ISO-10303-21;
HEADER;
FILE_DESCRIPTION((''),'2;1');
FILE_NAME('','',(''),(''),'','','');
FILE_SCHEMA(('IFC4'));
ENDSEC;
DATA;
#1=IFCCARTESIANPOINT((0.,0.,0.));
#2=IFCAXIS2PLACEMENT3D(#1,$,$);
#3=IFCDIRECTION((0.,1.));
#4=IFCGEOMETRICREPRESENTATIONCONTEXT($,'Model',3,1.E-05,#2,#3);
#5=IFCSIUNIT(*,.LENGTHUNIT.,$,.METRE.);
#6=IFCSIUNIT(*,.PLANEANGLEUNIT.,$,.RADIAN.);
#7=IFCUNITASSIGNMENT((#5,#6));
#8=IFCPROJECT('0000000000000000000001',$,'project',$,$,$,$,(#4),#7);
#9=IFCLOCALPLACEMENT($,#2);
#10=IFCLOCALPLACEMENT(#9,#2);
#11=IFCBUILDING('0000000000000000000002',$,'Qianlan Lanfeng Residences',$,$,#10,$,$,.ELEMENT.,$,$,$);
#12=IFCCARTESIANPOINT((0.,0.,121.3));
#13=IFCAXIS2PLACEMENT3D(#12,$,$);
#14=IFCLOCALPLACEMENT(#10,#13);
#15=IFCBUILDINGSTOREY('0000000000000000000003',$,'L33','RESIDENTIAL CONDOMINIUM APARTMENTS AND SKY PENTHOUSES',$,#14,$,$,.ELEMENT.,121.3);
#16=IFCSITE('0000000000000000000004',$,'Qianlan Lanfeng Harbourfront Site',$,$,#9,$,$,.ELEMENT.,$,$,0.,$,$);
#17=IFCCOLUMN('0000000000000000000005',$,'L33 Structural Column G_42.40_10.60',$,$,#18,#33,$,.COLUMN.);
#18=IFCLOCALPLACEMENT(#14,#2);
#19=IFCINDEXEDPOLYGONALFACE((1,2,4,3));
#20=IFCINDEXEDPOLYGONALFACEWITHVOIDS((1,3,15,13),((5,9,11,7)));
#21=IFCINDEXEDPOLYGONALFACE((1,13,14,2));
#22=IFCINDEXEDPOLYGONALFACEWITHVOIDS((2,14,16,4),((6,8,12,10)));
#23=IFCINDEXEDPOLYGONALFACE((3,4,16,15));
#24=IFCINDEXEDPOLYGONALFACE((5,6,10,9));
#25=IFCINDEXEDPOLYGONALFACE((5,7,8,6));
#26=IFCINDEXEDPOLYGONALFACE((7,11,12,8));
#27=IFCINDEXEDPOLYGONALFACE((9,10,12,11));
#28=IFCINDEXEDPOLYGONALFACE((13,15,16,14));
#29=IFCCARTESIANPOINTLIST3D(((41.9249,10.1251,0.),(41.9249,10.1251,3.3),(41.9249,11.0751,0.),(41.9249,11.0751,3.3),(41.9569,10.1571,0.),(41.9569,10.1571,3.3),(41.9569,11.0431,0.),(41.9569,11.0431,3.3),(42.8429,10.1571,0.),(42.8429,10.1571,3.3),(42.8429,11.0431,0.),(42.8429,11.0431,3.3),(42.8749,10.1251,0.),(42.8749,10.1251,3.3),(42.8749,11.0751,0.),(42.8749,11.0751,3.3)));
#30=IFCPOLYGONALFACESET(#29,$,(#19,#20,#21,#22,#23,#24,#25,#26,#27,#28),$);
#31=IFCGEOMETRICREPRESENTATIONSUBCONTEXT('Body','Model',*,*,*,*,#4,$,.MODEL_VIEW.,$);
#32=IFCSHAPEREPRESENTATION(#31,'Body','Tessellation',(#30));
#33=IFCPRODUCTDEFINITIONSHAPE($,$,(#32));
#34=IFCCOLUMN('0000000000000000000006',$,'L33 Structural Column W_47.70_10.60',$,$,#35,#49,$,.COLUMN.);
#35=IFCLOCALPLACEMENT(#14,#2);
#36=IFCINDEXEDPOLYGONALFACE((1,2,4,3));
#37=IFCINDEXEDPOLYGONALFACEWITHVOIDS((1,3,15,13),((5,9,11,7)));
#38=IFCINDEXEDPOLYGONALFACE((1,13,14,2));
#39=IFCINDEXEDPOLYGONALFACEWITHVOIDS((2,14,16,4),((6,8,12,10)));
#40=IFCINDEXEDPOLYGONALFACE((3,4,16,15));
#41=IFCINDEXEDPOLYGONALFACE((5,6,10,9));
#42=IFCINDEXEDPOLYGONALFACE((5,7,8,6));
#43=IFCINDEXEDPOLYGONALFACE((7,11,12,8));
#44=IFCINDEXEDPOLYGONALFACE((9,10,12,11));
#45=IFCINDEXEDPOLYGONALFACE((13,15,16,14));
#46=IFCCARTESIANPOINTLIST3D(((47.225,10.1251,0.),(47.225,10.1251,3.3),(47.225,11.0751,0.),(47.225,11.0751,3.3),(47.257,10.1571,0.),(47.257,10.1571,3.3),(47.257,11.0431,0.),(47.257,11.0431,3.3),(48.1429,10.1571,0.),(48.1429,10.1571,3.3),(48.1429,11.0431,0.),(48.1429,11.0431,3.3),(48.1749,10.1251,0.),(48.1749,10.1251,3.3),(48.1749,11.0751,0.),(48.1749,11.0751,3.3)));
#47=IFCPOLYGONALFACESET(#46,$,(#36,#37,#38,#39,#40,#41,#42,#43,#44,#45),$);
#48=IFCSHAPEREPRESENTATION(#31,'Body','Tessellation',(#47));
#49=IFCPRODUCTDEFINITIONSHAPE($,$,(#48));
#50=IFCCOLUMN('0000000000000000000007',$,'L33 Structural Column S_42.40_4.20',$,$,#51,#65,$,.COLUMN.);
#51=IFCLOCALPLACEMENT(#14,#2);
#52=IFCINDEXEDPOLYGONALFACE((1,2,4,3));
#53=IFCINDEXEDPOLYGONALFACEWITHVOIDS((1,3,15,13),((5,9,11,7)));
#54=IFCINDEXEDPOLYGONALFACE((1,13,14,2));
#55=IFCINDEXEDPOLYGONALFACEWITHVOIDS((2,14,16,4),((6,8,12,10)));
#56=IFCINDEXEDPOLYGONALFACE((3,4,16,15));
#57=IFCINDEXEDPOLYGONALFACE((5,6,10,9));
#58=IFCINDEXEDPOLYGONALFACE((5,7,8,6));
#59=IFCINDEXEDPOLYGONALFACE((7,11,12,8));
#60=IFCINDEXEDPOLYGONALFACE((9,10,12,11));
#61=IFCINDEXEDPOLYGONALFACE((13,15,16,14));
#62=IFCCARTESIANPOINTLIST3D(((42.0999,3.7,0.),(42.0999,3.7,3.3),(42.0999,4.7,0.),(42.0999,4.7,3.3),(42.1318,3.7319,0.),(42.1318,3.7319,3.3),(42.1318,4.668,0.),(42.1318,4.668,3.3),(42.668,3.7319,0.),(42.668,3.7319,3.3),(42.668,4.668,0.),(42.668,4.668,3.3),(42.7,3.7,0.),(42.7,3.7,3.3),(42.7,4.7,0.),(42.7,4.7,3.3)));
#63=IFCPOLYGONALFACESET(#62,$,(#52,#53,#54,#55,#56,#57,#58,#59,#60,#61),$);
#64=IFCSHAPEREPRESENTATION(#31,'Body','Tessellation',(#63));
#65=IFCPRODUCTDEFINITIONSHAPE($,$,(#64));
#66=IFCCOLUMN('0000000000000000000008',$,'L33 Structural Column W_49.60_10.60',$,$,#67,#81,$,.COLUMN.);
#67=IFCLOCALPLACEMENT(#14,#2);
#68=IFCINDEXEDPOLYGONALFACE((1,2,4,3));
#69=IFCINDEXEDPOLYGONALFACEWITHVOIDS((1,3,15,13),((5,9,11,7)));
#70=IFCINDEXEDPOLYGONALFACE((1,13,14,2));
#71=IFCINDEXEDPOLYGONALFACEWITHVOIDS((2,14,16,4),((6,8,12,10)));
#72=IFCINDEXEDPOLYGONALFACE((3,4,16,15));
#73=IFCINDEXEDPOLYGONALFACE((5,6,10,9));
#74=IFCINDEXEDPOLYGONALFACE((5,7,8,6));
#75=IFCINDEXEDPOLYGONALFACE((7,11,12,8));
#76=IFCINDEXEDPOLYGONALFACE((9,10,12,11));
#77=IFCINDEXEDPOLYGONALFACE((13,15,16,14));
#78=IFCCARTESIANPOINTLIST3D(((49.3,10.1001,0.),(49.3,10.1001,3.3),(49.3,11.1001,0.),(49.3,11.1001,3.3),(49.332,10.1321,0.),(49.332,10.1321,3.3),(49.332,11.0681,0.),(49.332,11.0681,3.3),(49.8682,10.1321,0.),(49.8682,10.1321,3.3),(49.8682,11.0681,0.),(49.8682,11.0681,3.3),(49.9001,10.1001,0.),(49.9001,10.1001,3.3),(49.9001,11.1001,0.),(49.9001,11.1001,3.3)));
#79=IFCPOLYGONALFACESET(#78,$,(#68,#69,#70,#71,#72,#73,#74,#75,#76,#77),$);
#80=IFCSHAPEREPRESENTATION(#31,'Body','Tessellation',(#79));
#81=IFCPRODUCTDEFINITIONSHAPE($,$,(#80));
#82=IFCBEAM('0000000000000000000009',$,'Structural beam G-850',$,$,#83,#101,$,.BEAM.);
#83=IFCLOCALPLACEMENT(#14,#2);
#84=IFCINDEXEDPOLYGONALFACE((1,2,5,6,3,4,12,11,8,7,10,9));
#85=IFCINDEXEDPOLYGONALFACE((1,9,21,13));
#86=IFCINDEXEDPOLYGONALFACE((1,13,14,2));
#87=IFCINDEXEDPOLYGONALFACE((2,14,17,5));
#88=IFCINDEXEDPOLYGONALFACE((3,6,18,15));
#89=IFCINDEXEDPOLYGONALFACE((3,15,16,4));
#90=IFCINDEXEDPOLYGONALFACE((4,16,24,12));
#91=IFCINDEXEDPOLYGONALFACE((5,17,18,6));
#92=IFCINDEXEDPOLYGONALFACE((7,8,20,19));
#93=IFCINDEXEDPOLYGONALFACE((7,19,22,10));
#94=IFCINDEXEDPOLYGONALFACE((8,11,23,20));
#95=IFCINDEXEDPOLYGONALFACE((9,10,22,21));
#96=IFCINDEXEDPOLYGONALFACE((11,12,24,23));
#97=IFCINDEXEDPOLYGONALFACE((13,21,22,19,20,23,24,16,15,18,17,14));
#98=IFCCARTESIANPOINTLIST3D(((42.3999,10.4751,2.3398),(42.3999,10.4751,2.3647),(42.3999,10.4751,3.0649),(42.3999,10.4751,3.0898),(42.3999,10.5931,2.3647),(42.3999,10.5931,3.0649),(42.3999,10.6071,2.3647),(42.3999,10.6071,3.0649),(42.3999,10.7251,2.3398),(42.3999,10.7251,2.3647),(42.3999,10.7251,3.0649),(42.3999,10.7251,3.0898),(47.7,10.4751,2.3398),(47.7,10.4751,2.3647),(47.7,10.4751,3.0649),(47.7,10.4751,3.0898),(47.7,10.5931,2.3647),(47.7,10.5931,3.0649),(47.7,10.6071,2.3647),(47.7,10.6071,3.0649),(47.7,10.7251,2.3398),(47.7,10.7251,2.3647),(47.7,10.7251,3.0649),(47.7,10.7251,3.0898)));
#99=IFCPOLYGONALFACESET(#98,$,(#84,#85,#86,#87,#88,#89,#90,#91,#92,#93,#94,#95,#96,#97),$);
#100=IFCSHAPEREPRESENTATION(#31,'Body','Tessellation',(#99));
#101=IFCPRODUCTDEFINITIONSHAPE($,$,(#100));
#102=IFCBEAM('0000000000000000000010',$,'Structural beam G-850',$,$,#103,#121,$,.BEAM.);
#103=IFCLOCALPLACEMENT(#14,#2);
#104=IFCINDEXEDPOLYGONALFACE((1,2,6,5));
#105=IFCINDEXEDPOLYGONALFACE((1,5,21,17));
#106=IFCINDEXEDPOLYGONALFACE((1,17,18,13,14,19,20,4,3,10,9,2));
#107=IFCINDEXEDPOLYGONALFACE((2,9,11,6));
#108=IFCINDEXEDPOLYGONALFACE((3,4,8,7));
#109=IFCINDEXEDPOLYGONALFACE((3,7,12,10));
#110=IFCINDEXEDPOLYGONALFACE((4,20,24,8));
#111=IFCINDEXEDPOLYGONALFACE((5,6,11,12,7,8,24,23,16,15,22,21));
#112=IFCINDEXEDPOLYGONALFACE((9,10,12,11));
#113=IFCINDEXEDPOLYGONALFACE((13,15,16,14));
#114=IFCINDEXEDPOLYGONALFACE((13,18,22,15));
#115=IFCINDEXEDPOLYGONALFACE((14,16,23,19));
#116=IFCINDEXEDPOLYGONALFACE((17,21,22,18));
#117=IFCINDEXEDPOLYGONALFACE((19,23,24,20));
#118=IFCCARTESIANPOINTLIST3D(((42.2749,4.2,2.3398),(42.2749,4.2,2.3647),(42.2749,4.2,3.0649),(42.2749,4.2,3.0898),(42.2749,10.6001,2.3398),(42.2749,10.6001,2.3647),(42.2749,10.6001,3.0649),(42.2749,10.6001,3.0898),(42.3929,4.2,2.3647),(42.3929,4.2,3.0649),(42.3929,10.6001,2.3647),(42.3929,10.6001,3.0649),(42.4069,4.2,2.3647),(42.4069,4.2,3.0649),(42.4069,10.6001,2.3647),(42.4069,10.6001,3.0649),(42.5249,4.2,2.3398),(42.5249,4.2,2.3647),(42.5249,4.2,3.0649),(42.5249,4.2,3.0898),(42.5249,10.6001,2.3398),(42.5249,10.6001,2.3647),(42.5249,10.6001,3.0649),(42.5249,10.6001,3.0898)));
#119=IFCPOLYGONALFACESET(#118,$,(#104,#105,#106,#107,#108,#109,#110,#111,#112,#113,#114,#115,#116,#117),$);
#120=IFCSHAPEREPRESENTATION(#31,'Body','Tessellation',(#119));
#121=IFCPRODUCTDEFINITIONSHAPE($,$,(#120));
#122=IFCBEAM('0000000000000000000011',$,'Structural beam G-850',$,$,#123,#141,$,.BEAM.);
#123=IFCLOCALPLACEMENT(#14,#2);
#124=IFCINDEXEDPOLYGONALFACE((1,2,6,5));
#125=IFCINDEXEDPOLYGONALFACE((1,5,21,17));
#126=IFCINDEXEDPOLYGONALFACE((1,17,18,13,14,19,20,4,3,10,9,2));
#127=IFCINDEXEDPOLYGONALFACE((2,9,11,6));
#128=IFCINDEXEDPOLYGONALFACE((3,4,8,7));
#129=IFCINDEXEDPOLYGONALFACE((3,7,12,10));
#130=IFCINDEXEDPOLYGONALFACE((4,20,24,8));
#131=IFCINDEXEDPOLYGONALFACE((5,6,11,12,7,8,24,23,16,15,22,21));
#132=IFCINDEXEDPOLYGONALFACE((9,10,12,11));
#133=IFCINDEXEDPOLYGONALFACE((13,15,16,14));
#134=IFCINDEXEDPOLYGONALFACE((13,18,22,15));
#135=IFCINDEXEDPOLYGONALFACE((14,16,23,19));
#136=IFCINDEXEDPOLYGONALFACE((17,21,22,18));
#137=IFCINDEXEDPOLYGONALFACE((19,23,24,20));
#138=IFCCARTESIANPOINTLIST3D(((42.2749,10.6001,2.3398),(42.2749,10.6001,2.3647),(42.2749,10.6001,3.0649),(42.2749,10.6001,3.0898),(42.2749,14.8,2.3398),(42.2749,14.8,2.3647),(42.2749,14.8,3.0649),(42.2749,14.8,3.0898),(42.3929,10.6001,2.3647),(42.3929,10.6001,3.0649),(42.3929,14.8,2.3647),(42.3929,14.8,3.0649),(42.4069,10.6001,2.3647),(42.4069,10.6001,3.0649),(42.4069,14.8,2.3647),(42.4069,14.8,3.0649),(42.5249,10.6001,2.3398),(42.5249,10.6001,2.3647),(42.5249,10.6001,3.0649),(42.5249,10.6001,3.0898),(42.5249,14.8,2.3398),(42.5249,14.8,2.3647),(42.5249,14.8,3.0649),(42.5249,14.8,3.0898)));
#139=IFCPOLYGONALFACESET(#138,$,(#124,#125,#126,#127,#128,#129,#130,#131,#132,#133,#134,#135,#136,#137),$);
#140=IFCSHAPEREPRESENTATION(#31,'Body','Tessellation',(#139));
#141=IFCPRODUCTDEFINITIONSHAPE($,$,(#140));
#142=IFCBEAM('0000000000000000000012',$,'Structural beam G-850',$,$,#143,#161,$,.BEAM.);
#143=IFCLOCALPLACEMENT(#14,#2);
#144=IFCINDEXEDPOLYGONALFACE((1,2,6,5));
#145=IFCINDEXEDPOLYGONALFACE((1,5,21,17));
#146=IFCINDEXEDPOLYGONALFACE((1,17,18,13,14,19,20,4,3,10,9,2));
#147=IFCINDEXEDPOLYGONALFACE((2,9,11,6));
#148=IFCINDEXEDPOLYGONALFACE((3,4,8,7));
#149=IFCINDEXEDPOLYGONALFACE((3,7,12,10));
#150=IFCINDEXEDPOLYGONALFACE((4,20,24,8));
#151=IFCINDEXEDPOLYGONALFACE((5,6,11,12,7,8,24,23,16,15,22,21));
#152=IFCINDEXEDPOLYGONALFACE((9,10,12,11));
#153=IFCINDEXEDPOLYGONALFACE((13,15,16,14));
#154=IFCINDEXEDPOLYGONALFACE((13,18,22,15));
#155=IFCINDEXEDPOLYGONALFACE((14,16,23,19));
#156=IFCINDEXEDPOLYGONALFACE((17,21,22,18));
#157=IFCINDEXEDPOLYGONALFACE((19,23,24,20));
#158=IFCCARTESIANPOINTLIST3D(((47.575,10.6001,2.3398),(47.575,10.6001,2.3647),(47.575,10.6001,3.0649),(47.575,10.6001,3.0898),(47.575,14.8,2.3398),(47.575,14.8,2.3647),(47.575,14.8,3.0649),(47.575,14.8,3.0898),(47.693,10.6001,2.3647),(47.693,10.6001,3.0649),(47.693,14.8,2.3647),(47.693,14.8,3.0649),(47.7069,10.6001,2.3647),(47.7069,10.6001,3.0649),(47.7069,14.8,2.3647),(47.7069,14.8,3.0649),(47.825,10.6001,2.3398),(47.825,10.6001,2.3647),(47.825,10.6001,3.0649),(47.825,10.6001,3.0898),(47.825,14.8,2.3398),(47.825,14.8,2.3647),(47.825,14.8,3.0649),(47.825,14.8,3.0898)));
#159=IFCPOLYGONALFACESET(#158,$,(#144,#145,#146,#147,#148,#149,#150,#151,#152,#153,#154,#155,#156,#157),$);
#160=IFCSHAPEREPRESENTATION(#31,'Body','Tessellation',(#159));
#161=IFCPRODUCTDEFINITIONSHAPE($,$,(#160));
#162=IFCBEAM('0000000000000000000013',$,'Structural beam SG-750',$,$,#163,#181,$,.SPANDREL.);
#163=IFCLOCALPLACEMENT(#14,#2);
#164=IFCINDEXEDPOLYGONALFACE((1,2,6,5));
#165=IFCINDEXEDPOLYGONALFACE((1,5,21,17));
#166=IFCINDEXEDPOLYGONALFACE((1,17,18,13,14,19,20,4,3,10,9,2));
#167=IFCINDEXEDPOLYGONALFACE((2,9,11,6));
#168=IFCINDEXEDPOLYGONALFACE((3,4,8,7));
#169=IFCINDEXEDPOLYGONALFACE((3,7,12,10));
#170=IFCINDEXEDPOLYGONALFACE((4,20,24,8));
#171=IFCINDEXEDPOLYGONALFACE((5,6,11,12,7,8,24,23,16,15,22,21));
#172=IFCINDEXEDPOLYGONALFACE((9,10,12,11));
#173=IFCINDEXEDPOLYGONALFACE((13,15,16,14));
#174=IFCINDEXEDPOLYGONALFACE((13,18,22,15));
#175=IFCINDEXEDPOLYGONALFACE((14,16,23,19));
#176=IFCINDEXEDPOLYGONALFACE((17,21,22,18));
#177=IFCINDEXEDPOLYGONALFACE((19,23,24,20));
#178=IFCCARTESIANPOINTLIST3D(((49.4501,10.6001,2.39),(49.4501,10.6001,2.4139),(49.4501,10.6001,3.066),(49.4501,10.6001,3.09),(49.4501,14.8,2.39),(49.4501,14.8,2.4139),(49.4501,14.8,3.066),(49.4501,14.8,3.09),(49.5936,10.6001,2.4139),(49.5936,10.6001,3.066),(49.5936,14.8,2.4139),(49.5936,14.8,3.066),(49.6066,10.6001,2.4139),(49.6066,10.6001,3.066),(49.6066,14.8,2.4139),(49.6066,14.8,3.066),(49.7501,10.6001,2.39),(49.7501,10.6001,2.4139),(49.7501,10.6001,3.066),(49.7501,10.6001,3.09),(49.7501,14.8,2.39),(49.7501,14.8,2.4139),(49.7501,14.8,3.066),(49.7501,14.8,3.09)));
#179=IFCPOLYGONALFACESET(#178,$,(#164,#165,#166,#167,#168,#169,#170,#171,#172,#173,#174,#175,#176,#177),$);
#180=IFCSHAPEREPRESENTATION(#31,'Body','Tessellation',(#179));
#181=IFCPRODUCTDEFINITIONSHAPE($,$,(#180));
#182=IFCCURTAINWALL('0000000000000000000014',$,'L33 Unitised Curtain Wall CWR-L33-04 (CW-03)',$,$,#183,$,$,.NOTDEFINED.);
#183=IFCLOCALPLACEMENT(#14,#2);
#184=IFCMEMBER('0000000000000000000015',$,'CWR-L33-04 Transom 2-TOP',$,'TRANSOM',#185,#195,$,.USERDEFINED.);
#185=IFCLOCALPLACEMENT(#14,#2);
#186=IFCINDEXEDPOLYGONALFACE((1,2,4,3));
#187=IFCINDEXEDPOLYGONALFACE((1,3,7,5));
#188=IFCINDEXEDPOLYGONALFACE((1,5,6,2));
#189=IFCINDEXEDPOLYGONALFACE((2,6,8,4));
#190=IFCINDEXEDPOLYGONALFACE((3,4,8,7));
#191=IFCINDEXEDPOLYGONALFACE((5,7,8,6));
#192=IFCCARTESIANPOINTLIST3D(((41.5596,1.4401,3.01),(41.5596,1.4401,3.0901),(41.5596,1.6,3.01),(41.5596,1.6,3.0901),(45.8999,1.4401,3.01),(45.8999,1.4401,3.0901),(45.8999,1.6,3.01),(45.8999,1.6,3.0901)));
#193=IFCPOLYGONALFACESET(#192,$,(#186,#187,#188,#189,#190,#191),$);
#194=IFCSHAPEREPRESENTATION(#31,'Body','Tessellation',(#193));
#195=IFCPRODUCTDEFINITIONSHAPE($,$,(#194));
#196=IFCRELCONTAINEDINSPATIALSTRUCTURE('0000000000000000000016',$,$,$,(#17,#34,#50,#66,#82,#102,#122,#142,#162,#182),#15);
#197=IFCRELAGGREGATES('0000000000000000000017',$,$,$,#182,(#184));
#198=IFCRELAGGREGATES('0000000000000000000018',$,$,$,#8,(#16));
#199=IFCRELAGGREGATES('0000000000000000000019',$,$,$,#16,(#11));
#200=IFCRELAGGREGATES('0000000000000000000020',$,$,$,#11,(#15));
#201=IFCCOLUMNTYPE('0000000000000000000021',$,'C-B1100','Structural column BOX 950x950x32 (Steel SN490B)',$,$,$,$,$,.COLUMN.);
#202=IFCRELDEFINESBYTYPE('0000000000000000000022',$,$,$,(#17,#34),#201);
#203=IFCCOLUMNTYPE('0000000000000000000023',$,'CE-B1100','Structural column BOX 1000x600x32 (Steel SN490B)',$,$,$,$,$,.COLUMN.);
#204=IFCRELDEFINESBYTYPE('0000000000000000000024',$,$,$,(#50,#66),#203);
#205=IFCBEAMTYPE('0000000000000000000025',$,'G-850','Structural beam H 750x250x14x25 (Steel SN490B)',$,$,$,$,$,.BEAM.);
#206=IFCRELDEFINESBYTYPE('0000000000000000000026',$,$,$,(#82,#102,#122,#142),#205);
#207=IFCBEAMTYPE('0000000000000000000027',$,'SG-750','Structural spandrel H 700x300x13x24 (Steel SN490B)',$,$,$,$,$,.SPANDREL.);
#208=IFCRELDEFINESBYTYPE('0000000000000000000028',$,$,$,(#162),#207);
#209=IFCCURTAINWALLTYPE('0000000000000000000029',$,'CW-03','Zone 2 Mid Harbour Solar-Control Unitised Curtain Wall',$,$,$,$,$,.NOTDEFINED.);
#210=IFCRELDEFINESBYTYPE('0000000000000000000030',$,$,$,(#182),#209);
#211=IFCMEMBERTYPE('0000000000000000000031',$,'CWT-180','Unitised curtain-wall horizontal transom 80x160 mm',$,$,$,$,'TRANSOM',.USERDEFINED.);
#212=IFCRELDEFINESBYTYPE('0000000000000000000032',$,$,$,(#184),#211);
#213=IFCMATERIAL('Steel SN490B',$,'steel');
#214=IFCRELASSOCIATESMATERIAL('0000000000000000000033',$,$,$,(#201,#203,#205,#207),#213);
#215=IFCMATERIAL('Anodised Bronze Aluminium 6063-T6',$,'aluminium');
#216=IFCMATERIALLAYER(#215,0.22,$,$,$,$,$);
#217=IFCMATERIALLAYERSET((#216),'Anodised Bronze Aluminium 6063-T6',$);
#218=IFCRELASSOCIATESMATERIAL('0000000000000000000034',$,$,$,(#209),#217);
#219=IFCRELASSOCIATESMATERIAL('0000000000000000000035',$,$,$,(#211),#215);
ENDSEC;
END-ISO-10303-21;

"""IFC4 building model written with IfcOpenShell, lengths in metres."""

from ifc_helpers import new_model, si_unit, direction, frame, origin, origin_2d, place, context, subcontext, project, spatial, rectangle, hollow_rectangle, i_section, extrude, source, transform, mapped, material, layer, layer_set, material_profile, profile_set, type_object, element, aggregate, save


model = new_model("IFC4")

# Units and contexts
model_context = context("Model", 3, precision=1e-05, world=origin(), true_north=direction((0.0, 1.0)))
body_context = subcontext(model_context, "Body", "Model", "MODEL_VIEW")
ifc_project = project(units=[si_unit("LENGTHUNIT", "METRE"), si_unit("PLANEANGLEUNIT", "RADIAN")], contexts=[model_context])

# Site, building, storey
site_placement = place(None, origin())
site = spatial("IfcSite", under=ifc_project, at=site_placement, Name="Qianlan Lanfeng Harbourfront Site", CompositionType="ELEMENT", RefElevation=0.0)
building_placement = place(site_placement, origin())
building = spatial("IfcBuilding", under=site, at=building_placement, Name="Qianlan Lanfeng Residences", CompositionType="ELEMENT")
storey_placement = place(building_placement, frame((0.0, 0.0, 121.3)))
storey = spatial("IfcBuildingStorey", under=building, at=storey_placement, Name="L33", Description="RESIDENTIAL CONDOMINIUM APARTMENTS AND SKY PENTHOUSES", CompositionType="ELEMENT", Elevation=121.3)

# Columns
ifc_material_1 = material(Name="Steel SN490B", Category="steel")
ifc_material_profile_1 = material_profile(ifc_material_1, hollow_rectangle(XDim=0.95, YDim=0.95, WallThickness=0.032, at=origin_2d()), Name="BOX 950x950x32")
ifc_profile_set_1 = profile_set([ifc_material_profile_1], Name="Steel SN490B")
column_type_1 = type_object("IfcColumnType", Name="C-B1100", Description="Structural column BOX 950x950x32 (Steel SN490B)", PredefinedType="COLUMN", material=ifc_profile_set_1)
for number, where, z_axis, x_axis, name in (
    (1, (42.3999, 10.6001, 0.0), (0.0, 0.0, 1.0), (1.0, 0.0, 0.0), "L33 Structural Column G_42.40_10.60"),
    (2, (47.7, 10.6001, 0.0), (0.0, 0.0, 1.0), (1.0, 0.0, 0.0), "L33 Structural Column W_47.70_10.60"),
):
    element("IfcColumn", number, at=place(storey_placement, frame(where, z_axis=z_axis, x_axis=x_axis)), inside=storey, type_object=column_type_1, Name=name, PredefinedType="COLUMN", context=body_context, shape_type="SweptSolid", body=[
        extrude(hollow_rectangle(XDim=0.95, YDim=0.95, WallThickness=0.032, at=origin_2d()), origin(), (0.0, 0.0, 1.0), 3.3),
    ])
ifc_material_profile_2 = material_profile(ifc_material_1, hollow_rectangle(XDim=0.6001, YDim=1.0, WallThickness=0.032, at=origin_2d()), Name="BOX 1000x600x32")
ifc_profile_set_2 = profile_set([ifc_material_profile_2], Name="Steel SN490B")
column_type_2 = type_object("IfcColumnType", Name="CE-B1100", Description="Structural column BOX 1000x600x32 (Steel SN490B)", PredefinedType="COLUMN", material=ifc_profile_set_2)
for number, where, z_axis, x_axis, name in (
    (3, (42.3999, 4.2, 0.0), (0.0, 0.0, 1.0), (1.0, 0.0, 0.0), "L33 Structural Column S_42.40_4.20"),
    (4, (49.6001, 10.6001, 0.0), (0.0, 0.0, 1.0), (1.0, 0.0, 0.0), "L33 Structural Column W_49.60_10.60"),
):
    element("IfcColumn", number, at=place(storey_placement, frame(where, z_axis=z_axis, x_axis=x_axis)), inside=storey, type_object=column_type_2, Name=name, PredefinedType="COLUMN", context=body_context, shape_type="SweptSolid", body=[
        extrude(hollow_rectangle(XDim=0.6001, YDim=1.0, WallThickness=0.032, at=origin_2d()), origin(), (0.0, 0.0, 1.0), 3.3),
    ])

# Beams
ifc_material_profile_3 = material_profile(ifc_material_1, i_section(OverallWidth=0.25, OverallDepth=0.75, WebThickness=0.0139, FlangeThickness=0.0249, at=origin_2d()), Name="H 750x250x14x25")
ifc_profile_set_3 = profile_set([ifc_material_profile_3], Name="Steel SN490B")
beam_type_1 = type_object("IfcBeamType", Name="G-850", Description="Structural beam H 750x250x14x25 (Steel SN490B)", PredefinedType="BEAM", material=ifc_profile_set_3)
beam_1_placement = place(storey_placement, frame((42.3999, 10.6001, 2.7148), z_axis=(1.0, 0.0, 0.0), x_axis=(0.0, 1.0, 0.0)))
element("IfcBeam", 5, at=beam_1_placement, inside=storey, type_object=beam_type_1, Name="Structural beam G-850", PredefinedType="BEAM", context=body_context, shape_type="SweptSolid", body=[
    extrude(i_section(OverallWidth=0.25, OverallDepth=0.75, WebThickness=0.0139, FlangeThickness=0.0249, at=origin_2d()), origin(), (0.0, 0.0, 1.0), 5.3),
])
beam_2_placement = place(storey_placement, frame((42.3999, 4.2, 2.7148), z_axis=(0.0, 1.0, 0.0), x_axis=(-1.0, 0.0, 0.0)))
element("IfcBeam", 6, at=beam_2_placement, inside=storey, type_object=beam_type_1, Name="Structural beam G-850", PredefinedType="BEAM", context=body_context, shape_type="SweptSolid", body=[
    extrude(i_section(OverallWidth=0.25, OverallDepth=0.75, WebThickness=0.0139, FlangeThickness=0.0249, at=origin_2d()), origin(), (0.0, 0.0, 1.0), 6.4001),
])
for number, where, z_axis, x_axis, name in (
    (7, (42.3999, 10.6001, 2.7148), (0.0, 1.0, 0.0), (-1.0, 0.0, 0.0), "Structural beam G-850"),
    (8, (47.7, 10.6001, 2.7148), (0.0, 1.0, 0.0), (-1.0, 0.0, 0.0), "Structural beam G-850"),
):
    element("IfcBeam", number, at=place(storey_placement, frame(where, z_axis=z_axis, x_axis=x_axis)), inside=storey, type_object=beam_type_1, Name=name, PredefinedType="BEAM", context=body_context, shape_type="SweptSolid", body=[
        extrude(i_section(OverallWidth=0.25, OverallDepth=0.75, WebThickness=0.0139, FlangeThickness=0.0249, at=origin_2d()), origin(), (0.0, 0.0, 1.0), 4.2),
    ])
ifc_material_profile_4 = material_profile(ifc_material_1, i_section(OverallWidth=0.3, OverallDepth=0.7, WebThickness=0.0129, FlangeThickness=0.0239, at=origin_2d()), Name="H 700x300x13x24")
ifc_profile_set_4 = profile_set([ifc_material_profile_4], Name="Steel SN490B")
beam_type_2 = type_object("IfcBeamType", Name="SG-750", Description="Structural spandrel H 700x300x13x24 (Steel SN490B)", PredefinedType="SPANDREL", material=ifc_profile_set_4)
beam_3_placement = place(storey_placement, frame((49.6001, 10.6001, 2.74), z_axis=(0.0, 1.0, 0.0), x_axis=(-1.0, 0.0, 0.0)))
element("IfcBeam", 9, at=beam_3_placement, inside=storey, type_object=beam_type_2, Name="Structural beam SG-750", PredefinedType="SPANDREL", context=body_context, shape_type="SweptSolid", body=[
    extrude(i_section(OverallWidth=0.3, OverallDepth=0.7, WebThickness=0.0129, FlangeThickness=0.0239, at=origin_2d()), origin(), (0.0, 0.0, 1.0), 4.2),
])

# Curtain wall, member
ifc_material_2 = material(Name="Anodised Bronze Aluminium 6063-T6", Category="aluminium")
ifc_layer_1 = layer(ifc_material_2, 0.22)
ifc_layer_set_1 = layer_set([ifc_layer_1], Name="Anodised Bronze Aluminium 6063-T6")
curtain_wall_type = type_object("IfcCurtainWallType", Name="CW-03", Description="Zone 2 Mid Harbour Solar-Control Unitised Curtain Wall", PredefinedType="NOTDEFINED", material=ifc_layer_set_1)
curtain_wall_1_placement = place(storey_placement, origin())
curtain_wall_1 = element("IfcCurtainWall", 10, at=curtain_wall_1_placement, inside=storey, type_object=curtain_wall_type, Name="L33 Unitised Curtain Wall CWR-L33-04 (CW-03)", PredefinedType="NOTDEFINED")
ifc_material_profile_5 = material_profile(ifc_material_2, rectangle(XDim=0.0801, YDim=0.1599, at=origin_2d()), Name="ALU TRANSOM 80x160")
ifc_profile_set_5 = profile_set([ifc_material_profile_5], Name="Anodised Bronze Aluminium 6063-T6")
member_type_1 = type_object("IfcMemberType", Name="CWT-180", Description="Unitised curtain-wall horizontal transom 80x160 mm", ElementType="TRANSOM", PredefinedType="USERDEFINED", material=ifc_profile_set_5)
shared_shape_1 = source(origin(), body_context, "Body", "SweptSolid", [
    extrude(rectangle(XDim=0.0801, YDim=0.1599, at=origin_2d()), origin(), (0.0, 0.0, 1.0), 4.3403),
])
member_1_placement = place(storey_placement, frame((41.5596, 1.52, 3.05), z_axis=(1.0, 0.0, 0.0), x_axis=(0.0, 0.0, 1.0)))
member_1 = element("IfcMember", 11, at=member_1_placement, type_object=member_type_1, Name="CWR-L33-04 Transom 2-TOP", ObjectType="TRANSOM", PredefinedType="USERDEFINED", context=body_context, shape_type="MappedRepresentation", body=[
    mapped(shared_shape_1, transform((0.0, 0.0, 0.0), scale=1.0)),
])

aggregate(curtain_wall_1, [member_1])

save(model, "model.ifc")
